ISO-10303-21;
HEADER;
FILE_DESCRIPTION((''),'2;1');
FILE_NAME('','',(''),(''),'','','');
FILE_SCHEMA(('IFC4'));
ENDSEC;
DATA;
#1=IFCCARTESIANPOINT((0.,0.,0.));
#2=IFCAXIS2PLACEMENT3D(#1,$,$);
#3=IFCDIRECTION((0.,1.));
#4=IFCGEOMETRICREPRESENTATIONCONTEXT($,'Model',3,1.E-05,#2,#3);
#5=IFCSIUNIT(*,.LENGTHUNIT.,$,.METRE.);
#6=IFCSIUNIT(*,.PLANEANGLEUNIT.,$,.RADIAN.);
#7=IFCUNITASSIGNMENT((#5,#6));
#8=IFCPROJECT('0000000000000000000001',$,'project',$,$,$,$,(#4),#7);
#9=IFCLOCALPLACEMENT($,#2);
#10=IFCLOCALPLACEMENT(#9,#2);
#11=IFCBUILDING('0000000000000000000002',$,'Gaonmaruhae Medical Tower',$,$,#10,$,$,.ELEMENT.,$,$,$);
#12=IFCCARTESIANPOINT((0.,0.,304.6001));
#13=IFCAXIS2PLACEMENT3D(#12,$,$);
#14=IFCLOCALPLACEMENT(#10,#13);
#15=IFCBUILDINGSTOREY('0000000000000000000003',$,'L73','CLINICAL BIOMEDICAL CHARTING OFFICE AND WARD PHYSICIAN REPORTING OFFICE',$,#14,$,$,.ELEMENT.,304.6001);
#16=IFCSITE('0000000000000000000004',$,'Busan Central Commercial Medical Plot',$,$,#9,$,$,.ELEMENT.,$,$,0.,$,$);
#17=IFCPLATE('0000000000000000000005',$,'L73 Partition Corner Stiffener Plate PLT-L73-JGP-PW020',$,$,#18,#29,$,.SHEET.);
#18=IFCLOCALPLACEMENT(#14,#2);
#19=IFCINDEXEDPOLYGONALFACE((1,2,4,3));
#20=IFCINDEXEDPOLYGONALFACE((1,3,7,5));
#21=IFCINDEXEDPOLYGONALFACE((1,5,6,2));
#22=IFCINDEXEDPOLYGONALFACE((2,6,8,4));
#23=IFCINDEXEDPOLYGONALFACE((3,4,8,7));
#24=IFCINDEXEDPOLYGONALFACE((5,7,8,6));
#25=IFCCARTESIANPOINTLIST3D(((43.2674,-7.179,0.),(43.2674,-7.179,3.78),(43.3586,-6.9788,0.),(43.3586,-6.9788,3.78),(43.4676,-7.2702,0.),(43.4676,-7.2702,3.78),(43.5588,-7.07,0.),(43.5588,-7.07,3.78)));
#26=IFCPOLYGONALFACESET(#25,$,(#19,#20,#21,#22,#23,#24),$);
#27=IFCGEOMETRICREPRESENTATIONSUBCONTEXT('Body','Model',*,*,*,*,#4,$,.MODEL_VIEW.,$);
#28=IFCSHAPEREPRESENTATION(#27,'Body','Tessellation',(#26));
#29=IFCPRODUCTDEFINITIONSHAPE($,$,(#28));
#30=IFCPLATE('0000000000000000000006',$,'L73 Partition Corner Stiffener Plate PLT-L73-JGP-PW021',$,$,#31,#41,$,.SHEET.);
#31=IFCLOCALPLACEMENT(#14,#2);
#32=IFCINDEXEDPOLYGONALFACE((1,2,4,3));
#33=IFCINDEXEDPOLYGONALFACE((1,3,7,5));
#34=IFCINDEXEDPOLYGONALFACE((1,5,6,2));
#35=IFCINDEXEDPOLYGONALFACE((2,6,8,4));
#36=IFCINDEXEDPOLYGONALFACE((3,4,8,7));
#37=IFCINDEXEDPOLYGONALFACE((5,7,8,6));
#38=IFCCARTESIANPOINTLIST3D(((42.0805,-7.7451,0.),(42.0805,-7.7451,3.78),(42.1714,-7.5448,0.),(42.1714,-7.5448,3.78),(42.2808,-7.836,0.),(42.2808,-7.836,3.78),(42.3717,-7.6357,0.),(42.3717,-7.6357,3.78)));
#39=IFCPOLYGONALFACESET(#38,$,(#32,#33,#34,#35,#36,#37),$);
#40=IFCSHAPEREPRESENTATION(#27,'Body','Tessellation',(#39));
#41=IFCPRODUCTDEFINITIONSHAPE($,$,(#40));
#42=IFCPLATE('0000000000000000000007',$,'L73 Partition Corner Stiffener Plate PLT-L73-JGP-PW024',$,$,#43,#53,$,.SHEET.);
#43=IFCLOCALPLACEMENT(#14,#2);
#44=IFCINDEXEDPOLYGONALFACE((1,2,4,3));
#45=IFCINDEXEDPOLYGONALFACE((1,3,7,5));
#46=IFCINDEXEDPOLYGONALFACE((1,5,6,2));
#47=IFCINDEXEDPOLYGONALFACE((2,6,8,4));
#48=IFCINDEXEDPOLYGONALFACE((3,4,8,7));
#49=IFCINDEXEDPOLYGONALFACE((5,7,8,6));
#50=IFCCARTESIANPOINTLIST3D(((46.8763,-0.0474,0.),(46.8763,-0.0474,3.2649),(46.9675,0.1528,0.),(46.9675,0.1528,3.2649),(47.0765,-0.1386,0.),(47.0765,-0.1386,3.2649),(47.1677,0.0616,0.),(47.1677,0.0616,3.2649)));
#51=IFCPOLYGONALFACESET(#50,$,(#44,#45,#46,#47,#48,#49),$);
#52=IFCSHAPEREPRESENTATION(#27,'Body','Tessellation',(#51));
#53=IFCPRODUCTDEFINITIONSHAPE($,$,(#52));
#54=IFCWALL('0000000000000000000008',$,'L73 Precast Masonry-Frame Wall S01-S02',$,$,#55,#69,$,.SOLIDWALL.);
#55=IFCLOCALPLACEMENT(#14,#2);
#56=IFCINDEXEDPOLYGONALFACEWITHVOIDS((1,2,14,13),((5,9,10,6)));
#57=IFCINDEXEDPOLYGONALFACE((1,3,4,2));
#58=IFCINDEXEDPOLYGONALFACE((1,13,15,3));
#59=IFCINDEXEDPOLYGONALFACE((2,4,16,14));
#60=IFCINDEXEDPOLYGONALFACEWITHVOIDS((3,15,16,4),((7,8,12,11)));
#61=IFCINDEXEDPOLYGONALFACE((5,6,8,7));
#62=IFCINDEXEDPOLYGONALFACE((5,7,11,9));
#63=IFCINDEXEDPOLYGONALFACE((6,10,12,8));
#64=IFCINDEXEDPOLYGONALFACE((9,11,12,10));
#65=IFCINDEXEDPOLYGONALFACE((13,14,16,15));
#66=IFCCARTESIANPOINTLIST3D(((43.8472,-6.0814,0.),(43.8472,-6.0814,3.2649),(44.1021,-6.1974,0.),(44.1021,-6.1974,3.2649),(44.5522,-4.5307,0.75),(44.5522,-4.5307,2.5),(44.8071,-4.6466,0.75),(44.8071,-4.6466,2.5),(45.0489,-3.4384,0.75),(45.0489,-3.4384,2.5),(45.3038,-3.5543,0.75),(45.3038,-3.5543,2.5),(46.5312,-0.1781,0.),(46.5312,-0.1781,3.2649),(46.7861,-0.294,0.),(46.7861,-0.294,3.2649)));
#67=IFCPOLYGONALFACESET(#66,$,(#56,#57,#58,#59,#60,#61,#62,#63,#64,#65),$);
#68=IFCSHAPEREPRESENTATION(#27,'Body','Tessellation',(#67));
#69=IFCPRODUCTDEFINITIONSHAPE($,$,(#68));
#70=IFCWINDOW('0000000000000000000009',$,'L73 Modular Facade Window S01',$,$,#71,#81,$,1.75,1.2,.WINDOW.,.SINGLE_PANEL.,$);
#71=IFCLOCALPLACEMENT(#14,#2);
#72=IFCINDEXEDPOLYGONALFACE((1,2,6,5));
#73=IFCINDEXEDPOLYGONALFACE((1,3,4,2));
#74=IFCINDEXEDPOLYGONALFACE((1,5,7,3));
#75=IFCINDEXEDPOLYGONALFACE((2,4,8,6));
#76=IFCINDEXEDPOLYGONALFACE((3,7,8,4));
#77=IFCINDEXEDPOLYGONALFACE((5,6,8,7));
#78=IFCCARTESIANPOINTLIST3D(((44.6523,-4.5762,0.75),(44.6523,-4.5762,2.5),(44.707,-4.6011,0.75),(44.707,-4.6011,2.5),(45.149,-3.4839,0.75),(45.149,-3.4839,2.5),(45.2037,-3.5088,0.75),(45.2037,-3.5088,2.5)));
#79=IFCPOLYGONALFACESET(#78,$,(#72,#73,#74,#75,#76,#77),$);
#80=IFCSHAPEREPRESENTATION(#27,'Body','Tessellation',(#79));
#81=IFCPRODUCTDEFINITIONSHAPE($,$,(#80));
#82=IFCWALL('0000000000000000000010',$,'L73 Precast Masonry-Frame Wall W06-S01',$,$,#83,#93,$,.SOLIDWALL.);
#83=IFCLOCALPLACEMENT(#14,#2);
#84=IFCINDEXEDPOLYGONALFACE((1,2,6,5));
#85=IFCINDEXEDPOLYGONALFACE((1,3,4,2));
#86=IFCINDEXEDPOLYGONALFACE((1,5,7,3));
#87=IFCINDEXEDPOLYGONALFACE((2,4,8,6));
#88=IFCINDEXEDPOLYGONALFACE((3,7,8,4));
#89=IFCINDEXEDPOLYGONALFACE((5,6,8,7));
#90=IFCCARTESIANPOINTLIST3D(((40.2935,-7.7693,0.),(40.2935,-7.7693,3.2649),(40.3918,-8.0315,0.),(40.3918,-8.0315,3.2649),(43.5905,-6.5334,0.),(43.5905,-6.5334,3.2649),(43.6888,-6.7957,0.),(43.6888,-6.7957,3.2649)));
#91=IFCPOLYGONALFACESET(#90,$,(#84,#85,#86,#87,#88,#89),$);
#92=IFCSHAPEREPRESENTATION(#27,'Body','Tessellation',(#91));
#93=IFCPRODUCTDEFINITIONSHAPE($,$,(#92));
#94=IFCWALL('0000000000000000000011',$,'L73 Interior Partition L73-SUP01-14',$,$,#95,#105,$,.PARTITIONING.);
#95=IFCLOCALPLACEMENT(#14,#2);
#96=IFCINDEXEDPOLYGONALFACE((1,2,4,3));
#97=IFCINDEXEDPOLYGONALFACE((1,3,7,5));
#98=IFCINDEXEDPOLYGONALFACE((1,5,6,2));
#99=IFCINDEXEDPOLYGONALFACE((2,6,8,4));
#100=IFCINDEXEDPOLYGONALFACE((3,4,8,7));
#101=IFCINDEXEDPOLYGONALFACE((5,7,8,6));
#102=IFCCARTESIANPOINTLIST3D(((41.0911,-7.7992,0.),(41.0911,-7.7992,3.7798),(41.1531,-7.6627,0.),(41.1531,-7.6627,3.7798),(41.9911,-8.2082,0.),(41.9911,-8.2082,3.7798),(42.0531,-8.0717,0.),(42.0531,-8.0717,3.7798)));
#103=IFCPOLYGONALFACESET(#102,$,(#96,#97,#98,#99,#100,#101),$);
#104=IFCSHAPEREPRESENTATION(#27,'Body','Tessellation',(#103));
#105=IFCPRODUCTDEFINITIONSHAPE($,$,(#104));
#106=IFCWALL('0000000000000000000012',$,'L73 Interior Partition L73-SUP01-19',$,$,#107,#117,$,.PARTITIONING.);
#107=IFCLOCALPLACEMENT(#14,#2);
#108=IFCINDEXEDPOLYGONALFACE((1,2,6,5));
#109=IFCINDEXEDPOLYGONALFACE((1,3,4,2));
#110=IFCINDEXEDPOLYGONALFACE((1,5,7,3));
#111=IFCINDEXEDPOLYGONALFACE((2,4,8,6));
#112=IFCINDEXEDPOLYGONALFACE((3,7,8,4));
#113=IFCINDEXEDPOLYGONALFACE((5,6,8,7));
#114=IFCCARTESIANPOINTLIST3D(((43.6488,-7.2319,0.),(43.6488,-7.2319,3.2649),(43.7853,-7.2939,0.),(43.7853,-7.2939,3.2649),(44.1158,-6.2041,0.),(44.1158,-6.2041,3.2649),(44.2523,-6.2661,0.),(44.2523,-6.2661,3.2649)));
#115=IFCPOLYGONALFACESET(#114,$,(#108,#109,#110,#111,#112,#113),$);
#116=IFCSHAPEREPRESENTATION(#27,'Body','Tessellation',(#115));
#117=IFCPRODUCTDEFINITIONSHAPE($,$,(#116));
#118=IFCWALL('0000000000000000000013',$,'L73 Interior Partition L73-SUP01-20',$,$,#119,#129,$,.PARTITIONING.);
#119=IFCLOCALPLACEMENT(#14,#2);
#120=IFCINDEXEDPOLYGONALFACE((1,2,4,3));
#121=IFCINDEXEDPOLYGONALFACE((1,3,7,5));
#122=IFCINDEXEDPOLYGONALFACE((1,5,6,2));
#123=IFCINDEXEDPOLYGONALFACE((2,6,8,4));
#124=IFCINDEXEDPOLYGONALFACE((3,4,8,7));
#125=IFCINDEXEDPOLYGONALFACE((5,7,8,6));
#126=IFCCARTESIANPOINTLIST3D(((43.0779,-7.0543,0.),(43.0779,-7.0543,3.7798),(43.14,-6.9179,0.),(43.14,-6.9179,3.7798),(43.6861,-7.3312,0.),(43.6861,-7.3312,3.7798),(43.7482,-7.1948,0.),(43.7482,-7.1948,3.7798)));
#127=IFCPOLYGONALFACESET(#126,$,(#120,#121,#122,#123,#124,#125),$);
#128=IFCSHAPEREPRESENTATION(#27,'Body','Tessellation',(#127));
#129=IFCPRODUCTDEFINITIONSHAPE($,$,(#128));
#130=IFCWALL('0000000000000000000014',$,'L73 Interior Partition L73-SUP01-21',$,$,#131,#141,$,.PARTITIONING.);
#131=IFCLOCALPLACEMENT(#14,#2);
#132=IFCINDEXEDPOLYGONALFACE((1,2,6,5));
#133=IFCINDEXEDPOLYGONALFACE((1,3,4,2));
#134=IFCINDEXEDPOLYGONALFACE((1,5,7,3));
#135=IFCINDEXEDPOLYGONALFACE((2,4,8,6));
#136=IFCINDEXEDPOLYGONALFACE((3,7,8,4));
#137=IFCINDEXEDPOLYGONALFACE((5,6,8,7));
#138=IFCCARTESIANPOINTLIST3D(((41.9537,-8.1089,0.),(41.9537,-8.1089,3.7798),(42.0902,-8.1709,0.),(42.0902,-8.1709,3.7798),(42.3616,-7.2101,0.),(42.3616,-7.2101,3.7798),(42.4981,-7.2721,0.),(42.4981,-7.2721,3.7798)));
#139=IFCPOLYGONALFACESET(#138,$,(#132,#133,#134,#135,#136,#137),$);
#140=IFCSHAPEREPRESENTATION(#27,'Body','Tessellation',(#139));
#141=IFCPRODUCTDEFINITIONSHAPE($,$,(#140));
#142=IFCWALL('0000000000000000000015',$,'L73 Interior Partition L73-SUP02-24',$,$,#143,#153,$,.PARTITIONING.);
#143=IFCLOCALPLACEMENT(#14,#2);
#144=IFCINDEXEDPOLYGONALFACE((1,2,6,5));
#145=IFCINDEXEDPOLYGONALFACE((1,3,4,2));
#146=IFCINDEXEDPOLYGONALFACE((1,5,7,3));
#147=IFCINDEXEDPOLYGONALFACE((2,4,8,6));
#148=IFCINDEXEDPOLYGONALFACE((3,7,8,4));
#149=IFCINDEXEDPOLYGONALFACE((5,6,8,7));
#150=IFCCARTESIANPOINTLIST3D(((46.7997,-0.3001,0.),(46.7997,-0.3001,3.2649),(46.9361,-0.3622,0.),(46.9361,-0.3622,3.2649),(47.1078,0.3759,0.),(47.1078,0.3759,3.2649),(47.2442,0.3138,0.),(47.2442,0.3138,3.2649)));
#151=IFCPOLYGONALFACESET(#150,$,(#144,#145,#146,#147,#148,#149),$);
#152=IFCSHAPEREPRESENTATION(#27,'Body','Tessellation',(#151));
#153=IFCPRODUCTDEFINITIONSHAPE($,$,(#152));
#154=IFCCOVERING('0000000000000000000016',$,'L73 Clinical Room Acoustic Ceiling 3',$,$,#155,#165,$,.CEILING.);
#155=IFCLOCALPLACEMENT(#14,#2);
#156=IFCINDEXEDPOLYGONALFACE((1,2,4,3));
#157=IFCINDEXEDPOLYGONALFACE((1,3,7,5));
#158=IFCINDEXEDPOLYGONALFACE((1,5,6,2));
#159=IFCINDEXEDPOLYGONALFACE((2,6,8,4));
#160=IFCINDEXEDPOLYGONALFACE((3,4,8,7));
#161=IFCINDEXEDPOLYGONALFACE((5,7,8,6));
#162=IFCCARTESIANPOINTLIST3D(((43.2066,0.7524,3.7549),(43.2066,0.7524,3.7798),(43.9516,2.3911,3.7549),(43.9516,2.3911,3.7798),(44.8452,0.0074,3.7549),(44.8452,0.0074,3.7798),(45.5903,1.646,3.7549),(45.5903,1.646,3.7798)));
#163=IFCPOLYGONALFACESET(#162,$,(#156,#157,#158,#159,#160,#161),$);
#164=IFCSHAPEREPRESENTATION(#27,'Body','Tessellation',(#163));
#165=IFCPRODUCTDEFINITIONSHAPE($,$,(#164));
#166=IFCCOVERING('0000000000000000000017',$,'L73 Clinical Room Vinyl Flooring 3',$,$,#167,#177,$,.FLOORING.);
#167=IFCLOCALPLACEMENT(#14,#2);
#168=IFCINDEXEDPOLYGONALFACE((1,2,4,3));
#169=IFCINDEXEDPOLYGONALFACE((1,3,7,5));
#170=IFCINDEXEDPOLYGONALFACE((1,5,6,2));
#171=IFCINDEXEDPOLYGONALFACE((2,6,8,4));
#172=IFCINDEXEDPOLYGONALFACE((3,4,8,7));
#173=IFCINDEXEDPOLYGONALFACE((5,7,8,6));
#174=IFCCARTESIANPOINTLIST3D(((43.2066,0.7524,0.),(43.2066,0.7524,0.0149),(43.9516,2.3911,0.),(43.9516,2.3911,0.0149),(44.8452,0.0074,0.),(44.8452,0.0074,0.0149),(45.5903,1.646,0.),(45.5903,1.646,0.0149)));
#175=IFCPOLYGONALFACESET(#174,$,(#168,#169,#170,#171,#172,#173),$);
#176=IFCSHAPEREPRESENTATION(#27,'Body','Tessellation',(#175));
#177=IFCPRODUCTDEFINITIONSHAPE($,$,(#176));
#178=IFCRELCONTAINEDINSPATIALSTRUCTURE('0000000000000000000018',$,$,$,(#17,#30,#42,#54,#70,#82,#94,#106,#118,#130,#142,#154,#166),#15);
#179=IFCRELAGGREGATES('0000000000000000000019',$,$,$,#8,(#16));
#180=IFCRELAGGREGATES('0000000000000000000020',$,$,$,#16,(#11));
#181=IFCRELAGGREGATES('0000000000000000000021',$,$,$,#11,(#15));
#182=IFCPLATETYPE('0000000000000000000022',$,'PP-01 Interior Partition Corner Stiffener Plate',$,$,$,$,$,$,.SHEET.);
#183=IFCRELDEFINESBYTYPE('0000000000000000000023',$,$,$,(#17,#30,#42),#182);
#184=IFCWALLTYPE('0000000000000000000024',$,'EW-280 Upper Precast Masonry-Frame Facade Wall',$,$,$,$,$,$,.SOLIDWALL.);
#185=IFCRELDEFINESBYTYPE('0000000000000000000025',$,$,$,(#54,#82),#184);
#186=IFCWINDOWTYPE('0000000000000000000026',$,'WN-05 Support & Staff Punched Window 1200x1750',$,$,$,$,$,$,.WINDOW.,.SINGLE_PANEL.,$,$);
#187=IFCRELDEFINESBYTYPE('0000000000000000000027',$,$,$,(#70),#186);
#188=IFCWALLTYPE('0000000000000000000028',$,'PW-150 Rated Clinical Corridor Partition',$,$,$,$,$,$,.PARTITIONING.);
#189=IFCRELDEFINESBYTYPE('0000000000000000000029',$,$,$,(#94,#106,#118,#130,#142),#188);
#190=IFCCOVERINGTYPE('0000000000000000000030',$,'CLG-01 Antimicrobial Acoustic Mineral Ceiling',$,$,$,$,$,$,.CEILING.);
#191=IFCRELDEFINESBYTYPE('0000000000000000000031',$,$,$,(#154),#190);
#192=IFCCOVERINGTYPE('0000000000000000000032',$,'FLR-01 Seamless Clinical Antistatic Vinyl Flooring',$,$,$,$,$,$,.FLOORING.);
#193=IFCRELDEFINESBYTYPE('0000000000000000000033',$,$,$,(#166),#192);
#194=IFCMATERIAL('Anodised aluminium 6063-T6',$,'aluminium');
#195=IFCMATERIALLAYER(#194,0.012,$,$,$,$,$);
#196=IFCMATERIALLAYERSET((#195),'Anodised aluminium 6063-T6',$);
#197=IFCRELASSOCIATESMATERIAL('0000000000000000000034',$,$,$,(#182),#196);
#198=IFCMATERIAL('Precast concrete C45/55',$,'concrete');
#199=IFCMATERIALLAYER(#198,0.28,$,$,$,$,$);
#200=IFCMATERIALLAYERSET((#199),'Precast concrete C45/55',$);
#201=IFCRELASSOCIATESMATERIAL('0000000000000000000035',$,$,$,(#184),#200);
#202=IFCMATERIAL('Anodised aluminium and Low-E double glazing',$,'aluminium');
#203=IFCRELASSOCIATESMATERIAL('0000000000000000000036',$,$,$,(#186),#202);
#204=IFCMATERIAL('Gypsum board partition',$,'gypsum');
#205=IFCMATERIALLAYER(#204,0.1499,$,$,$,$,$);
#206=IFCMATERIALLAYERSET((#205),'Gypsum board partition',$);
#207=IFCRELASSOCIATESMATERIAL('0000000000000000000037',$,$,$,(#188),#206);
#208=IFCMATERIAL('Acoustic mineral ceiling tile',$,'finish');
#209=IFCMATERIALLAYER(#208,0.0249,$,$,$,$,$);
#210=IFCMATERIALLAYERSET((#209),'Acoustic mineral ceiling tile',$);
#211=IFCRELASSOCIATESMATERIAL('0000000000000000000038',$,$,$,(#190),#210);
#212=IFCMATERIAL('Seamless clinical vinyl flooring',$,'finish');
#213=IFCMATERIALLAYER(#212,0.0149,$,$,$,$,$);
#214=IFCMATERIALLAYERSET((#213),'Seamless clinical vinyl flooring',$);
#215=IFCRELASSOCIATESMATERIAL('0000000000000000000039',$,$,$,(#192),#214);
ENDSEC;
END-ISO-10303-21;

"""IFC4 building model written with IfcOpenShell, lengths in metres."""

from ifc_helpers import new_model, si_unit, direction, frame, frame_2d, origin, origin_2d, place, context, subcontext, project, spatial, rectangle, extrude, material, layer, layer_set, type_object, element, fill, save


model = new_model("IFC4")

# Units and contexts
model_context = context("Model", 3, precision=1e-05, world=origin(), true_north=direction((0.0, 1.0)))
body_context = subcontext(model_context, "Body", "Model", "MODEL_VIEW")
ifc_project = project(units=[si_unit("LENGTHUNIT", "METRE"), si_unit("PLANEANGLEUNIT", "RADIAN")], contexts=[model_context])

# Site, building, storey
site_placement = place(None, origin())
site = spatial("IfcSite", under=ifc_project, at=site_placement, Name="Busan Central Commercial Medical Plot", CompositionType="ELEMENT", RefElevation=0.0)
building_placement = place(site_placement, origin())
building = spatial("IfcBuilding", under=site, at=building_placement, Name="Gaonmaruhae Medical Tower", CompositionType="ELEMENT")
storey_placement = place(building_placement, frame((0.0, 0.0, 304.6001)))
storey = spatial("IfcBuildingStorey", under=building, at=storey_placement, Name="L73", Description="CLINICAL BIOMEDICAL CHARTING OFFICE AND WARD PHYSICIAN REPORTING OFFICE", CompositionType="ELEMENT", Elevation=304.6001)

# Plates
ifc_material_1 = material(Name="Anodised aluminium 6063-T6", Category="aluminium")
ifc_layer_1 = layer(ifc_material_1, 0.012)
ifc_layer_set_1 = layer_set([ifc_layer_1], Name="Anodised aluminium 6063-T6")
plate_type = type_object("IfcPlateType", Name="PP-01 Interior Partition Corner Stiffener Plate", PredefinedType="SHEET", material=ifc_layer_set_1)
for number, where, z_axis, x_axis, name in (
    (1, (43.4131, -7.1245, 0.0), (0.0, 0.0, 1.0), (-0.910005, 0.414598, 0.0), "L73 Partition Corner Stiffener Plate PLT-L73-JGP-PW020"),
    (2, (42.2261, -7.6904, 0.0), (0.0, 0.0, 1.0), (-0.413263, -0.910612, 0.0), "L73 Partition Corner Stiffener Plate PLT-L73-JGP-PW021"),
):
    element("IfcPlate", number, at=place(storey_placement, frame(where, z_axis=z_axis, x_axis=x_axis)), inside=storey, type_object=plate_type, Name=name, PredefinedType="SHEET", context=body_context, shape_type="SweptSolid", body=[
        extrude(rectangle(XDim=0.22, YDim=0.22, at=origin_2d()), origin(), (0.0, 0.0, 1.0), 3.78),
    ])
plate_placement = place(storey_placement, frame((47.022, 0.0071, 0.0), z_axis=(0.0, 0.0, 1.0), x_axis=(-0.414614, -0.909997, 0.0)))
element("IfcPlate", 3, at=plate_placement, inside=storey, type_object=plate_type, Name="L73 Partition Corner Stiffener Plate PLT-L73-JGP-PW024", PredefinedType="SHEET", context=body_context, shape_type="SweptSolid", body=[
    extrude(rectangle(XDim=0.22, YDim=0.22, at=origin_2d()), origin(), (0.0, 0.0, 1.0), 3.2649),
])

# Wall, opening, window
ifc_material_2 = material(Name="Precast concrete C45/55", Category="concrete")
ifc_layer_2 = layer(ifc_material_2, 0.28)
ifc_layer_set_2 = layer_set([ifc_layer_2], Name="Precast concrete C45/55")
wall_type_1 = type_object("IfcWallType", Name="EW-280 Upper Precast Masonry-Frame Facade Wall", PredefinedType="SOLIDWALL", material=ifc_layer_set_2)
wall_1_placement = place(storey_placement, frame((46.6587, -0.2361, 0.0), z_axis=(0.0, 0.0, 1.0), x_axis=(-0.413899, -0.910323, 0.0)))
wall_1 = element("IfcWall", 4, at=wall_1_placement, inside=storey, type_object=wall_type_1, Name="L73 Precast Masonry-Frame Wall S01-S02", PredefinedType="SOLIDWALL", context=body_context, shape_type="SweptSolid", body=[
    extrude(rectangle(XDim=6.4849, YDim=0.28, at=frame_2d((3.2424, 0.0))), origin(), (0.0, 0.0, 1.0), 3.2649),
])
opening_placement = place(wall_1_placement, frame((3.5813, 0.0, 0.75)))
opening = element("IfcOpeningElement", 5, at=opening_placement, cuts=wall_1, PredefinedType="OPENING", context=body_context, shape_type="SweptSolid", body=[
    extrude(rectangle(XDim=1.2, YDim=1.75, at=frame_2d((0.6001, 0.875))), frame((0.0, 0.1499, 0.0), z_axis=(0.0, -1.0, 0.0), x_axis=(1.0, 0.0, 0.0)), (0.0, 0.0, 1.0), 0.3),
])
ifc_material_3 = material(Name="Anodised aluminium and Low-E double glazing", Category="aluminium")
window_type = type_object("IfcWindowType", Name="WN-05 Support & Staff Punched Window 1200x1750", PartitioningType="SINGLE_PANEL", PredefinedType="WINDOW", material=ifc_material_3)
window_placement = place(opening_placement, origin())
window = element("IfcWindow", 6, at=window_placement, inside=storey, type_object=window_type, Name="L73 Modular Facade Window S01", OverallHeight=1.75, OverallWidth=1.2, PartitioningType="SINGLE_PANEL", PredefinedType="WINDOW", context=body_context, shape_type="SweptSolid", body=[
    extrude(rectangle(XDim=1.2, YDim=1.75, at=frame_2d((0.6001, 0.875))), frame((0.0, 0.03, 0.0), z_axis=(0.0, -1.0, 0.0), x_axis=(1.0, 0.0, 0.0)), (0.0, 0.0, 1.0), 0.0601),
])
fill(opening, window)

# Walls
wall_2_placement = place(storey_placement, frame((43.6396, -6.6646, 0.0), z_axis=(0.0, 0.0, 1.0), x_axis=(-0.936375, -0.351002, 0.0)))
element("IfcWall", 7, at=wall_2_placement, inside=storey, type_object=wall_type_1, Name="L73 Precast Masonry-Frame Wall W06-S01", PredefinedType="SOLIDWALL", context=body_context, shape_type="SweptSolid", body=[
    extrude(rectangle(XDim=3.521, YDim=0.28, at=frame_2d((1.7605, 0.0))), origin(), (0.0, 0.0, 1.0), 3.2649),
])
ifc_material_4 = material(Name="Gypsum board partition", Category="gypsum")
ifc_layer_3 = layer(ifc_material_4, 0.1499)
ifc_layer_set_3 = layer_set([ifc_layer_3], Name="Gypsum board partition")
wall_type_2 = type_object("IfcWallType", Name="PW-150 Rated Clinical Corridor Partition", PredefinedType="PARTITIONING", material=ifc_layer_set_3)
wall_3_placement = place(storey_placement, frame((42.022, -8.1399, 0.0), z_axis=(0.0, 0.0, 1.0), x_axis=(-0.910409, 0.41371, 0.0)))
element("IfcWall", 8, at=wall_3_placement, inside=storey, type_object=wall_type_2, Name="L73 Interior Partition L73-SUP01-14", PredefinedType="PARTITIONING", context=body_context, shape_type="SweptSolid", body=[
    extrude(rectangle(XDim=0.9885, YDim=0.1499, at=frame_2d((0.4941, 0.0))), origin(), (0.0, 0.0, 1.0), 3.7798),
])
wall_4_placement = place(storey_placement, frame((44.1841, -6.2351, 0.0), z_axis=(0.0, 0.0, 1.0), x_axis=(-0.413689, -0.910418, 0.0)))
element("IfcWall", 9, at=wall_4_placement, inside=storey, type_object=wall_type_2, Name="L73 Interior Partition L73-SUP01-19", PredefinedType="PARTITIONING", context=body_context, shape_type="SweptSolid", body=[
    extrude(rectangle(XDim=1.1289, YDim=0.1499, at=frame_2d((0.5645, 0.0))), origin(), (0.0, 0.0, 1.0), 3.2649),
])
wall_5_placement = place(storey_placement, frame((43.717, -7.2629, 0.0), z_axis=(0.0, 0.0, 1.0), x_axis=(-0.910129, 0.414326, 0.0)))
element("IfcWall", 10, at=wall_5_placement, inside=storey, type_object=wall_type_2, Name="L73 Interior Partition L73-SUP01-20", PredefinedType="PARTITIONING", context=body_context, shape_type="SweptSolid", body=[
    extrude(rectangle(XDim=0.6682, YDim=0.1499, at=frame_2d((0.334, 0.0))), origin(), (0.0, 0.0, 1.0), 3.7798),
])
wall_6_placement = place(storey_placement, frame((42.4299, -7.241, 0.0), z_axis=(0.0, 0.0, 1.0), x_axis=(-0.413263, -0.910612, 0.0)))
element("IfcWall", 11, at=wall_6_placement, inside=storey, type_object=wall_type_2, Name="L73 Interior Partition L73-SUP01-21", PredefinedType="PARTITIONING", context=body_context, shape_type="SweptSolid", body=[
    extrude(rectangle(XDim=0.9871, YDim=0.1499, at=frame_2d((0.4937, 0.0))), origin(), (0.0, 0.0, 1.0), 3.7798),
])
wall_7_placement = place(storey_placement, frame((47.176, 0.345, 0.0), z_axis=(0.0, 0.0, 1.0), x_axis=(-0.414719, -0.90995, 0.0)))
element("IfcWall", 12, at=wall_7_placement, inside=storey, type_object=wall_type_2, Name="L73 Interior Partition L73-SUP02-24", PredefinedType="PARTITIONING", context=body_context, shape_type="SweptSolid", body=[
    extrude(rectangle(XDim=0.7429, YDim=0.1499, at=frame_2d((0.3716, 0.0))), origin(), (0.0, 0.0, 1.0), 3.2649),
])

# Coverings
ifc_material_5 = material(Name="Acoustic mineral ceiling tile", Category="finish")
ifc_layer_4 = layer(ifc_material_5, 0.0249)
ifc_layer_set_4 = layer_set([ifc_layer_4], Name="Acoustic mineral ceiling tile")
covering_type_1 = type_object("IfcCoveringType", Name="CLG-01 Antimicrobial Acoustic Mineral Ceiling", PredefinedType="CEILING", material=ifc_layer_set_4)
covering_1_placement = place(storey_placement, frame((44.3984, 1.1992, 3.7549), z_axis=(0.0, 0.0, 1.0), x_axis=(0.413899, 0.910323, 0.0)))
element("IfcCovering", 13, at=covering_1_placement, inside=storey, type_object=covering_type_1, Name="L73 Clinical Room Acoustic Ceiling 3", PredefinedType="CEILING", context=body_context, shape_type="SweptSolid", body=[
    extrude(rectangle(XDim=1.8, YDim=1.8, at=origin_2d()), origin(), (0.0, 0.0, 1.0), 0.0249),
])
ifc_material_6 = material(Name="Seamless clinical vinyl flooring", Category="finish")
ifc_layer_5 = layer(ifc_material_6, 0.0149)
ifc_layer_set_5 = layer_set([ifc_layer_5], Name="Seamless clinical vinyl flooring")
covering_type_2 = type_object("IfcCoveringType", Name="FLR-01 Seamless Clinical Antistatic Vinyl Flooring", PredefinedType="FLOORING", material=ifc_layer_set_5)
covering_2_placement = place(storey_placement, frame((44.3984, 1.1992, 0.0), z_axis=(0.0, 0.0, 1.0), x_axis=(0.413899, 0.910323, 0.0)))
element("IfcCovering", 14, at=covering_2_placement, inside=storey, type_object=covering_type_2, Name="L73 Clinical Room Vinyl Flooring 3", PredefinedType="FLOORING", context=body_context, shape_type="SweptSolid", body=[
    extrude(rectangle(XDim=1.8, YDim=1.8, at=origin_2d()), origin(), (0.0, 0.0, 1.0), 0.0149),
])

save(model, "model.ifc")
